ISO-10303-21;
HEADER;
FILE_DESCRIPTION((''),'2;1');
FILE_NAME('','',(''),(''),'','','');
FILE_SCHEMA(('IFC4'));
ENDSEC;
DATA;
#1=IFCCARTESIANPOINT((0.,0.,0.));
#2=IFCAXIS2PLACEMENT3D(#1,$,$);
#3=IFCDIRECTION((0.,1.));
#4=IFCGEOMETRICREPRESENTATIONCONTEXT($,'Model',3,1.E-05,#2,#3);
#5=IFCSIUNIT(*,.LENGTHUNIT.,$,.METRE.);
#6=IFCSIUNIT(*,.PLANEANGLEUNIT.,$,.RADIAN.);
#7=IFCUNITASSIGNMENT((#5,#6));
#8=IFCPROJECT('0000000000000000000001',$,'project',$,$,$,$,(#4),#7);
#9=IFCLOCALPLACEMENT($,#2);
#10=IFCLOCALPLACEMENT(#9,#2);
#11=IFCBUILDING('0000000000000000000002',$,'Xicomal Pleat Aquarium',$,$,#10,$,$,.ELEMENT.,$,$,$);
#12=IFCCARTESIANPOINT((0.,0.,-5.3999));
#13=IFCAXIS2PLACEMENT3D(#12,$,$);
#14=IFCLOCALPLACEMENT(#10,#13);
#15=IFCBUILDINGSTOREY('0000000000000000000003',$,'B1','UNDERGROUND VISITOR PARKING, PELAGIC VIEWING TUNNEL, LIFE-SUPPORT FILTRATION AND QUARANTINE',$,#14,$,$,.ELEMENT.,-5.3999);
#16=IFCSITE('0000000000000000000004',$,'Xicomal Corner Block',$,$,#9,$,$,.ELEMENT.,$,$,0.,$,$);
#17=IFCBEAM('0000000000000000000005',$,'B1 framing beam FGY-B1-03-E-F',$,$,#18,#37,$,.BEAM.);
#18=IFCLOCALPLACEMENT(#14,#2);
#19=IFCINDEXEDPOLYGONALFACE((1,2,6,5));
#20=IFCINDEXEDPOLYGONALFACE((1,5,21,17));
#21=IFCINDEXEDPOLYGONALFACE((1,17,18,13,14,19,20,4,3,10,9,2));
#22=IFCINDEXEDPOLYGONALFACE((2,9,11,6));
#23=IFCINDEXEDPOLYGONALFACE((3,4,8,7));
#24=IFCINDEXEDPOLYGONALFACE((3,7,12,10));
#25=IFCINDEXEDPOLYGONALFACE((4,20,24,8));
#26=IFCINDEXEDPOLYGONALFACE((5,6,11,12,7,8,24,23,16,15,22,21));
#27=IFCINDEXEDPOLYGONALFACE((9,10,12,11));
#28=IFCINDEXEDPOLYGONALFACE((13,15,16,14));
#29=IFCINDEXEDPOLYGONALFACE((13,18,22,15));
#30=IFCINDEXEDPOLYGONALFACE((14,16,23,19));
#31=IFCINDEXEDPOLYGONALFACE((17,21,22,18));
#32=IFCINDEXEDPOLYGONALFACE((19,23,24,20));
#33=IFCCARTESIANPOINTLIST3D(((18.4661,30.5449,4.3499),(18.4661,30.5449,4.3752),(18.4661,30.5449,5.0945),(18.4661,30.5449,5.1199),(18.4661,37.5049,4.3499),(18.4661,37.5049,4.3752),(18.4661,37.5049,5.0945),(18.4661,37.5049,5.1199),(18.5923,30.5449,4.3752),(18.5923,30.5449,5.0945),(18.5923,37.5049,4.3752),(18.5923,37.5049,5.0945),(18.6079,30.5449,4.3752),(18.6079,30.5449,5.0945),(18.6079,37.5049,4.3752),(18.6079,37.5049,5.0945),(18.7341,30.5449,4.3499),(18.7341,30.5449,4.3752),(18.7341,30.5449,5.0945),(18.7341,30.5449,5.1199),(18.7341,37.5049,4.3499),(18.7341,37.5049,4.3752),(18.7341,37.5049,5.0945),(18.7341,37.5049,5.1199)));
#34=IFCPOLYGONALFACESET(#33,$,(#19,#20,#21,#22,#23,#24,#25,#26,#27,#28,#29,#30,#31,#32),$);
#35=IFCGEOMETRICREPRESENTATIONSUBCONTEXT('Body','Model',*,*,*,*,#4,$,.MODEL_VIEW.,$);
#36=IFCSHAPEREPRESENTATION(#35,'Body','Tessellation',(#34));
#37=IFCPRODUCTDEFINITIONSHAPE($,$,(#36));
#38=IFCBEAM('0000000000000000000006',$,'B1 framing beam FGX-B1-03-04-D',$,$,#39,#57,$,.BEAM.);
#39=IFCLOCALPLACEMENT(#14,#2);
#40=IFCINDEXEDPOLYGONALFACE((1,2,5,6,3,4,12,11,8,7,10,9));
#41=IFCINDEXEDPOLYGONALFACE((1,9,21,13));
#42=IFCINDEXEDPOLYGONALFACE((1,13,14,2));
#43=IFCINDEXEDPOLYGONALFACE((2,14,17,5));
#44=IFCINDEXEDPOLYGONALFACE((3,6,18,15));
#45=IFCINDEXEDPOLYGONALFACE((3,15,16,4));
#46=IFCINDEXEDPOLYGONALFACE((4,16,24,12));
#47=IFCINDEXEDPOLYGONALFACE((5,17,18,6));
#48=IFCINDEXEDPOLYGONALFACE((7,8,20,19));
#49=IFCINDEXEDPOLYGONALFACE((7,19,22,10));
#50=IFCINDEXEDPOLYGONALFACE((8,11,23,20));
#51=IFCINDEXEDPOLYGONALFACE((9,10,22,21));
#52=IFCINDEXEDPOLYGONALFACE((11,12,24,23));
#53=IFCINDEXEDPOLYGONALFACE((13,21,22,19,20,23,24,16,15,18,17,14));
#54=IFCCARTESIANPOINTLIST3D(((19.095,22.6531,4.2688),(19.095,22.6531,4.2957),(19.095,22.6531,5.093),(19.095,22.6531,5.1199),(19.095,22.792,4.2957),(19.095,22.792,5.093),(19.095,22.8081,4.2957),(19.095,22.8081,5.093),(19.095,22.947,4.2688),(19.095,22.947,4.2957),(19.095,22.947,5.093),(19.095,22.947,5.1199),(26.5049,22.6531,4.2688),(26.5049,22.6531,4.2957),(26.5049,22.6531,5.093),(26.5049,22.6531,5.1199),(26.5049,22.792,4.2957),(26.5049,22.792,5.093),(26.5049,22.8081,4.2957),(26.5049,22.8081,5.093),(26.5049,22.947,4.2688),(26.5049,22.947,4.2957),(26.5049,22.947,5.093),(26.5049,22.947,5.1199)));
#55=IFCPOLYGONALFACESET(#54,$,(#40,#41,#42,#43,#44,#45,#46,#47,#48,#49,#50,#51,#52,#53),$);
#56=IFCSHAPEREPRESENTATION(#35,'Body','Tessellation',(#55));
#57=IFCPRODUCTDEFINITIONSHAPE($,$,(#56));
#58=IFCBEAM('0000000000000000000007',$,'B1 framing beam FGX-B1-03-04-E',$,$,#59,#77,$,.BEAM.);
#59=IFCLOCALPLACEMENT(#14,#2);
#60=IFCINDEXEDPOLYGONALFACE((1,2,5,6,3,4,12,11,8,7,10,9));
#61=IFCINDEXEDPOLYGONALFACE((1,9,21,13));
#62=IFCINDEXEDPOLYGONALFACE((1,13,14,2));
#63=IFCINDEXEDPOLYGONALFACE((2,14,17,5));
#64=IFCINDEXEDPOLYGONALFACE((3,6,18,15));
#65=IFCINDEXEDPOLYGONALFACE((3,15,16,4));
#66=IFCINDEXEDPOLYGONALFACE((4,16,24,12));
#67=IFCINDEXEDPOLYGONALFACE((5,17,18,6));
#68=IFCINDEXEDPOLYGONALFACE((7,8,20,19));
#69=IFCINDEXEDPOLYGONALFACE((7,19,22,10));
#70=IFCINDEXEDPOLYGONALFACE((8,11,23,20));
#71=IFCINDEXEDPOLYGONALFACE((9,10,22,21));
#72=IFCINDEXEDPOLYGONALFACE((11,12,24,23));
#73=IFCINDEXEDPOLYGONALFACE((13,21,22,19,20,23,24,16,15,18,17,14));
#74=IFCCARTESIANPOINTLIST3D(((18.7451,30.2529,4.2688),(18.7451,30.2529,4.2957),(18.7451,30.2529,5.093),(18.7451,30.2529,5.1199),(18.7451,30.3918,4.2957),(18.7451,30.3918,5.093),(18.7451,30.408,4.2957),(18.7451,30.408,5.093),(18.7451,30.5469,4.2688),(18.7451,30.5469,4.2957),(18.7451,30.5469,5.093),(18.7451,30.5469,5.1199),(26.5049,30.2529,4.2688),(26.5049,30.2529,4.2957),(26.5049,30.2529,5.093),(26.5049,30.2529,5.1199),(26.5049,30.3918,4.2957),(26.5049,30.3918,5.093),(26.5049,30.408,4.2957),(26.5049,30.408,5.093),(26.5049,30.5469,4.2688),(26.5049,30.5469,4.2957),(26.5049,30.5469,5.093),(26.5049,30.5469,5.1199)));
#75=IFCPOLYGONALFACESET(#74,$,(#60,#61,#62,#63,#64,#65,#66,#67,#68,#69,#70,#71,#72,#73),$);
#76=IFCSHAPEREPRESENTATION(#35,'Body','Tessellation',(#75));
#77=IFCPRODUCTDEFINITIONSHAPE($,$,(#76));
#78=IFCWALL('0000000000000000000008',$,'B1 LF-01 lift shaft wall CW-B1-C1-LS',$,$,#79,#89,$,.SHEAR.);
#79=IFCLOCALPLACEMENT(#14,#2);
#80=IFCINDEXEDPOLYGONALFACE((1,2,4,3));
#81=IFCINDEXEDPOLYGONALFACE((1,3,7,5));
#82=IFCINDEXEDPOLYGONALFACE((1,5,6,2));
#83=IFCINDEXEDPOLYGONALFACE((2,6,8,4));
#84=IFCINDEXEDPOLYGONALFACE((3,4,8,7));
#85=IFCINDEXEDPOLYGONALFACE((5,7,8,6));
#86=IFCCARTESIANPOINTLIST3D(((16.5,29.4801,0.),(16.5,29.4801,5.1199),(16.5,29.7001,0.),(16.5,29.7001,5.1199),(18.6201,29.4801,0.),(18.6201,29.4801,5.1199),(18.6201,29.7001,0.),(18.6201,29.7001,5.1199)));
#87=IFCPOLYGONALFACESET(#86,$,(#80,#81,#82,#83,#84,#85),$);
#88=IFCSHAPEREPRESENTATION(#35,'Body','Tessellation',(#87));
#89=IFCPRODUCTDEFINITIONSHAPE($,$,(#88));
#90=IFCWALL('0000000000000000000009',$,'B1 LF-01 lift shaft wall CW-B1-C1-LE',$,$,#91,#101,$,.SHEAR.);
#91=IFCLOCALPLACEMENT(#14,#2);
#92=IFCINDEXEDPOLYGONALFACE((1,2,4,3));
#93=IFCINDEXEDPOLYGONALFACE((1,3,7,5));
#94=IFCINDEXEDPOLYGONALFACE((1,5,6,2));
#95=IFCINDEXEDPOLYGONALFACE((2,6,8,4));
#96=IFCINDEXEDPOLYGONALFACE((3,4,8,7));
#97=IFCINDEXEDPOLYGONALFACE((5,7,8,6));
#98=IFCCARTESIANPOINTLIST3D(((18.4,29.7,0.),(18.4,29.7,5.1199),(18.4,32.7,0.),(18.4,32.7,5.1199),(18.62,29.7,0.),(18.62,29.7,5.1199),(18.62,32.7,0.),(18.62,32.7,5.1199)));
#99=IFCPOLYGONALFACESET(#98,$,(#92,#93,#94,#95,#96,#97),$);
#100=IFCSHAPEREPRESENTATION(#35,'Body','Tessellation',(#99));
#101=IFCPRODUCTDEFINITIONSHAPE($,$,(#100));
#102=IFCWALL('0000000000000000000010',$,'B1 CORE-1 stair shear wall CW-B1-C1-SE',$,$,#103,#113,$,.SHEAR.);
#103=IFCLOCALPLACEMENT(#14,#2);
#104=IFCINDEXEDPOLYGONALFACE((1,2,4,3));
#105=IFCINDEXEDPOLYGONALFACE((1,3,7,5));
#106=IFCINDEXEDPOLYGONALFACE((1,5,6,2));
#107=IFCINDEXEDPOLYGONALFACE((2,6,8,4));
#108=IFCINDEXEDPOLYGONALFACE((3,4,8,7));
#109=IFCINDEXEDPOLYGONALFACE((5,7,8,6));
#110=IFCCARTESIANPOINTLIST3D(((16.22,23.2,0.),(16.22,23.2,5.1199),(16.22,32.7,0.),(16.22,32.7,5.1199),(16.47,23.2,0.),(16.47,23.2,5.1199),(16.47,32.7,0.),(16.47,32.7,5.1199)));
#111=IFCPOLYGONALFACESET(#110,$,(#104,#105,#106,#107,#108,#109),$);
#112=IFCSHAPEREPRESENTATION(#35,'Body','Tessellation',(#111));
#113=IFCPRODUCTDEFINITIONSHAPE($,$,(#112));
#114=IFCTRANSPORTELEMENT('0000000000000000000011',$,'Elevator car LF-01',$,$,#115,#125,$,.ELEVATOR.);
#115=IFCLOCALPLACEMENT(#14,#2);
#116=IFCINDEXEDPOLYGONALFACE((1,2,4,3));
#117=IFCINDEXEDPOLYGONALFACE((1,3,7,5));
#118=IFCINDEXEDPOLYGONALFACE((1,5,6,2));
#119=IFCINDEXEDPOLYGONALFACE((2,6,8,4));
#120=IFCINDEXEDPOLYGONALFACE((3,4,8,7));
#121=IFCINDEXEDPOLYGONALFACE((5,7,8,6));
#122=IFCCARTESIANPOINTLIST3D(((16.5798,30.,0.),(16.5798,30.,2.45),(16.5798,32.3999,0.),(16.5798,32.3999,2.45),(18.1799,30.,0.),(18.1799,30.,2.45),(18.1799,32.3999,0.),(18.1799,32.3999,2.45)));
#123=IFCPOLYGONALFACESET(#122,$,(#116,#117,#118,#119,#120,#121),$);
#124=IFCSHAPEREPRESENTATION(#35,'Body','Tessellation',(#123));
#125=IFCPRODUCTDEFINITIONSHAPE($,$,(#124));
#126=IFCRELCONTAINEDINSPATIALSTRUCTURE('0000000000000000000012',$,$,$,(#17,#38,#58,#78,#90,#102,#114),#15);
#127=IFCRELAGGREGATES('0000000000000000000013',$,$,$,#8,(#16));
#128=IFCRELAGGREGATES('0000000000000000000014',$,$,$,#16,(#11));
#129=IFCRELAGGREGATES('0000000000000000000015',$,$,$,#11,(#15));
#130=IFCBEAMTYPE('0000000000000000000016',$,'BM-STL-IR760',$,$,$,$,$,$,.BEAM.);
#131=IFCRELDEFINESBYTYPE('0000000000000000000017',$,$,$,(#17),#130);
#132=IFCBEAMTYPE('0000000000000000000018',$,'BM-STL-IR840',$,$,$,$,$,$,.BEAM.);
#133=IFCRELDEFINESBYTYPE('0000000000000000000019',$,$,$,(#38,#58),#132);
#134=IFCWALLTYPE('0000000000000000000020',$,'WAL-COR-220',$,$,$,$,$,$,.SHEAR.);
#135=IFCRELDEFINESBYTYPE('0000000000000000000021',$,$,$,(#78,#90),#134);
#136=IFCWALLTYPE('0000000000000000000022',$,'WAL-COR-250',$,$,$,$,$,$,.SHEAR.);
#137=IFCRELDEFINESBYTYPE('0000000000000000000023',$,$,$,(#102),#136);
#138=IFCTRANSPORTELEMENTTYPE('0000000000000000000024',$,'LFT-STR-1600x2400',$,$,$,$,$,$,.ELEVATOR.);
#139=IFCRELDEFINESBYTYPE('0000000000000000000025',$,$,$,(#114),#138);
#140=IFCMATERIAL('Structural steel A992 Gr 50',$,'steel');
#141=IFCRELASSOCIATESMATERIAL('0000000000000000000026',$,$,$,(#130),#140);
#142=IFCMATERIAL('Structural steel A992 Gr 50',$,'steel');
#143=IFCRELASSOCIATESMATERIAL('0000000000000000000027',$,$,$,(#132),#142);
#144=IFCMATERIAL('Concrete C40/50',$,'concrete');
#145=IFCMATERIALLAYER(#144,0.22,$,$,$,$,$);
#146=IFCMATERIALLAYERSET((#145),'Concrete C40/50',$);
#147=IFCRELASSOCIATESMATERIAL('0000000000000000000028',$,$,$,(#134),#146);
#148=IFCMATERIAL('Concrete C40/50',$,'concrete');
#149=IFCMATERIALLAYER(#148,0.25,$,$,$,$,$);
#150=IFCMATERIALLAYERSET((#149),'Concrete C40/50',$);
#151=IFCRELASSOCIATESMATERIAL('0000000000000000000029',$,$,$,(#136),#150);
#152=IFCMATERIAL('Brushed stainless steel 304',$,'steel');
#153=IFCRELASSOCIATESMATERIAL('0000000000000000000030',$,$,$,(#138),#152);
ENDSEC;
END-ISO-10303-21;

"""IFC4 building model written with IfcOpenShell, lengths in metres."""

from ifc_helpers import new_model, si_unit, direction, frame, frame_2d, origin, origin_2d, place, context, subcontext, project, spatial, rectangle, i_section, extrude, material, layer, layer_set, material_profile, profile_set, type_object, element, save


model = new_model("IFC4")

# Units and contexts
model_context = context("Model", 3, precision=1e-05, world=origin(), true_north=direction((0.0, 1.0)))
body_context = subcontext(model_context, "Body", "Model", "MODEL_VIEW")
ifc_project = project(units=[si_unit("LENGTHUNIT", "METRE"), si_unit("PLANEANGLEUNIT", "RADIAN")], contexts=[model_context])

# Site, building, storey
site_placement = place(None, origin())
site = spatial("IfcSite", under=ifc_project, at=site_placement, Name="Xicomal Corner Block", CompositionType="ELEMENT", RefElevation=0.0)
building_placement = place(site_placement, origin())
building = spatial("IfcBuilding", under=site, at=building_placement, Name="Xicomal Pleat Aquarium", CompositionType="ELEMENT")
storey_placement = place(building_placement, frame((0.0, 0.0, -5.3999)))
storey = spatial("IfcBuildingStorey", under=building, at=storey_placement, Name="B1", Description="UNDERGROUND VISITOR PARKING, PELAGIC VIEWING TUNNEL, LIFE-SUPPORT FILTRATION AND QUARANTINE", CompositionType="ELEMENT", Elevation=-5.3999)

# Beams
ifc_material_1 = material(Name="Structural steel A992 Gr 50", Category="steel")
ifc_material_profile_1 = material_profile(ifc_material_1, i_section(OverallWidth=0.2681, OverallDepth=0.77, WebThickness=0.0156, FlangeThickness=0.0254, at=origin_2d()), Name="IR 760x196")
ifc_profile_set_1 = profile_set([ifc_material_profile_1], Name="Structural steel A992 Gr 50")
beam_type_1 = type_object("IfcBeamType", Name="BM-STL-IR760", PredefinedType="BEAM", material=ifc_profile_set_1)
for number, where, z_axis, x_axis, name in (
    (1, (18.6001, 30.5449, 4.7349), (0.0, 1.0, 0.0), (-1.0, 0.0, 0.0), "B1 framing beam FGY-B1-03-E-F"),
):
    element("IfcBeam", number, at=place(storey_placement, frame(where, z_axis=z_axis, x_axis=x_axis)), inside=storey, type_object=beam_type_1, Name=name, PredefinedType="BEAM", context=body_context, shape_type="SweptSolid", body=[
        extrude(i_section(OverallWidth=0.2681, OverallDepth=0.77, WebThickness=0.0156, FlangeThickness=0.0254, at=origin_2d()), origin(), (0.0, 0.0, 1.0), 6.96),
    ])
ifc_material_2 = material(Name="Structural steel A992 Gr 50", Category="steel")
ifc_material_profile_2 = material_profile(ifc_material_2, i_section(OverallWidth=0.2939, OverallDepth=0.8511, WebThickness=0.0161, FlangeThickness=0.0269, at=origin_2d()), Name="IR 840x226")
ifc_profile_set_2 = profile_set([ifc_material_profile_2], Name="Structural steel A992 Gr 50")
beam_type_2 = type_object("IfcBeamType", Name="BM-STL-IR840", PredefinedType="BEAM", material=ifc_profile_set_2)
beam_1_placement = place(storey_placement, frame((19.095, 22.8, 4.6943), z_axis=(1.0, 0.0, 0.0), x_axis=(0.0, 1.0, 0.0)))
element("IfcBeam", 2, at=beam_1_placement, inside=storey, type_object=beam_type_2, Name="B1 framing beam FGX-B1-03-04-D", PredefinedType="BEAM", context=body_context, shape_type="SweptSolid", body=[
    extrude(i_section(OverallWidth=0.2939, OverallDepth=0.8511, WebThickness=0.0161, FlangeThickness=0.0269, at=origin_2d()), origin(), (0.0, 0.0, 1.0), 7.4099),
])
beam_2_placement = place(storey_placement, frame((18.7451, 30.3999, 4.6943), z_axis=(1.0, 0.0, 0.0), x_axis=(0.0, 1.0, 0.0)))
element("IfcBeam", 3, at=beam_2_placement, inside=storey, type_object=beam_type_2, Name="B1 framing beam FGX-B1-03-04-E", PredefinedType="BEAM", context=body_context, shape_type="SweptSolid", body=[
    extrude(i_section(OverallWidth=0.2939, OverallDepth=0.8511, WebThickness=0.0161, FlangeThickness=0.0269, at=origin_2d()), origin(), (0.0, 0.0, 1.0), 7.7598),
])

# Walls
ifc_material_3 = material(Name="Concrete C40/50", Category="concrete")
ifc_layer_1 = layer(ifc_material_3, 0.22)
ifc_layer_set_1 = layer_set([ifc_layer_1], Name="Concrete C40/50")
wall_type_1 = type_object("IfcWallType", Name="WAL-COR-220", PredefinedType="SHEAR", material=ifc_layer_set_1)
wall_1_placement = place(storey_placement, frame((16.5, 29.5901, 0.0), z_axis=(0.0, 0.0, 1.0), x_axis=(1.0, 0.0, 0.0)))
element("IfcWall", 4, at=wall_1_placement, inside=storey, type_object=wall_type_1, Name="B1 LF-01 lift shaft wall CW-B1-C1-LS", PredefinedType="SHEAR", context=body_context, shape_type="SweptSolid", body=[
    extrude(rectangle(XDim=2.1201, YDim=0.22, at=frame_2d((1.0601, 0.0))), origin(), (0.0, 0.0, 1.0), 5.1199),
])
wall_2_placement = place(storey_placement, frame((18.51, 29.7, 0.0), z_axis=(0.0, 0.0, 1.0), x_axis=(0.0, 1.0, 0.0)))
element("IfcWall", 5, at=wall_2_placement, inside=storey, type_object=wall_type_1, Name="B1 LF-01 lift shaft wall CW-B1-C1-LE", PredefinedType="SHEAR", context=body_context, shape_type="SweptSolid", body=[
    extrude(rectangle(XDim=3.0, YDim=0.22, at=frame_2d((1.5, 0.0))), origin(), (0.0, 0.0, 1.0), 5.1199),
])
ifc_material_4 = material(Name="Concrete C40/50", Category="concrete")
ifc_layer_2 = layer(ifc_material_4, 0.25)
ifc_layer_set_2 = layer_set([ifc_layer_2], Name="Concrete C40/50")
wall_type_2 = type_object("IfcWallType", Name="WAL-COR-250", PredefinedType="SHEAR", material=ifc_layer_set_2)
wall_3_placement = place(storey_placement, frame((16.345, 23.2, 0.0), z_axis=(0.0, 0.0, 1.0), x_axis=(0.0, 1.0, 0.0)))
element("IfcWall", 6, at=wall_3_placement, inside=storey, type_object=wall_type_2, Name="B1 CORE-1 stair shear wall CW-B1-C1-SE", PredefinedType="SHEAR", context=body_context, shape_type="SweptSolid", body=[
    extrude(rectangle(XDim=9.5, YDim=0.25, at=frame_2d((4.75, 0.0))), origin(), (0.0, 0.0, 1.0), 5.1199),
])

# Transport element
ifc_material_5 = material(Name="Brushed stainless steel 304", Category="steel")
transport_element_type = type_object("IfcTransportElementType", Name="LFT-STR-1600x2400", PredefinedType="ELEVATOR", material=ifc_material_5)
transport_element_placement = place(storey_placement, frame((17.3799, 31.2, 0.0), z_axis=(0.0, 0.0, 1.0), x_axis=(1.0, 0.0, 0.0)))
element("IfcTransportElement", 7, at=transport_element_placement, inside=storey, type_object=transport_element_type, Name="Elevator car LF-01", PredefinedType="ELEVATOR", context=body_context, shape_type="SweptSolid", body=[
    extrude(rectangle(XDim=1.6001, YDim=2.3999, at=origin_2d()), origin(), (0.0, 0.0, 1.0), 2.45),
])

save(model, "model.ifc")
